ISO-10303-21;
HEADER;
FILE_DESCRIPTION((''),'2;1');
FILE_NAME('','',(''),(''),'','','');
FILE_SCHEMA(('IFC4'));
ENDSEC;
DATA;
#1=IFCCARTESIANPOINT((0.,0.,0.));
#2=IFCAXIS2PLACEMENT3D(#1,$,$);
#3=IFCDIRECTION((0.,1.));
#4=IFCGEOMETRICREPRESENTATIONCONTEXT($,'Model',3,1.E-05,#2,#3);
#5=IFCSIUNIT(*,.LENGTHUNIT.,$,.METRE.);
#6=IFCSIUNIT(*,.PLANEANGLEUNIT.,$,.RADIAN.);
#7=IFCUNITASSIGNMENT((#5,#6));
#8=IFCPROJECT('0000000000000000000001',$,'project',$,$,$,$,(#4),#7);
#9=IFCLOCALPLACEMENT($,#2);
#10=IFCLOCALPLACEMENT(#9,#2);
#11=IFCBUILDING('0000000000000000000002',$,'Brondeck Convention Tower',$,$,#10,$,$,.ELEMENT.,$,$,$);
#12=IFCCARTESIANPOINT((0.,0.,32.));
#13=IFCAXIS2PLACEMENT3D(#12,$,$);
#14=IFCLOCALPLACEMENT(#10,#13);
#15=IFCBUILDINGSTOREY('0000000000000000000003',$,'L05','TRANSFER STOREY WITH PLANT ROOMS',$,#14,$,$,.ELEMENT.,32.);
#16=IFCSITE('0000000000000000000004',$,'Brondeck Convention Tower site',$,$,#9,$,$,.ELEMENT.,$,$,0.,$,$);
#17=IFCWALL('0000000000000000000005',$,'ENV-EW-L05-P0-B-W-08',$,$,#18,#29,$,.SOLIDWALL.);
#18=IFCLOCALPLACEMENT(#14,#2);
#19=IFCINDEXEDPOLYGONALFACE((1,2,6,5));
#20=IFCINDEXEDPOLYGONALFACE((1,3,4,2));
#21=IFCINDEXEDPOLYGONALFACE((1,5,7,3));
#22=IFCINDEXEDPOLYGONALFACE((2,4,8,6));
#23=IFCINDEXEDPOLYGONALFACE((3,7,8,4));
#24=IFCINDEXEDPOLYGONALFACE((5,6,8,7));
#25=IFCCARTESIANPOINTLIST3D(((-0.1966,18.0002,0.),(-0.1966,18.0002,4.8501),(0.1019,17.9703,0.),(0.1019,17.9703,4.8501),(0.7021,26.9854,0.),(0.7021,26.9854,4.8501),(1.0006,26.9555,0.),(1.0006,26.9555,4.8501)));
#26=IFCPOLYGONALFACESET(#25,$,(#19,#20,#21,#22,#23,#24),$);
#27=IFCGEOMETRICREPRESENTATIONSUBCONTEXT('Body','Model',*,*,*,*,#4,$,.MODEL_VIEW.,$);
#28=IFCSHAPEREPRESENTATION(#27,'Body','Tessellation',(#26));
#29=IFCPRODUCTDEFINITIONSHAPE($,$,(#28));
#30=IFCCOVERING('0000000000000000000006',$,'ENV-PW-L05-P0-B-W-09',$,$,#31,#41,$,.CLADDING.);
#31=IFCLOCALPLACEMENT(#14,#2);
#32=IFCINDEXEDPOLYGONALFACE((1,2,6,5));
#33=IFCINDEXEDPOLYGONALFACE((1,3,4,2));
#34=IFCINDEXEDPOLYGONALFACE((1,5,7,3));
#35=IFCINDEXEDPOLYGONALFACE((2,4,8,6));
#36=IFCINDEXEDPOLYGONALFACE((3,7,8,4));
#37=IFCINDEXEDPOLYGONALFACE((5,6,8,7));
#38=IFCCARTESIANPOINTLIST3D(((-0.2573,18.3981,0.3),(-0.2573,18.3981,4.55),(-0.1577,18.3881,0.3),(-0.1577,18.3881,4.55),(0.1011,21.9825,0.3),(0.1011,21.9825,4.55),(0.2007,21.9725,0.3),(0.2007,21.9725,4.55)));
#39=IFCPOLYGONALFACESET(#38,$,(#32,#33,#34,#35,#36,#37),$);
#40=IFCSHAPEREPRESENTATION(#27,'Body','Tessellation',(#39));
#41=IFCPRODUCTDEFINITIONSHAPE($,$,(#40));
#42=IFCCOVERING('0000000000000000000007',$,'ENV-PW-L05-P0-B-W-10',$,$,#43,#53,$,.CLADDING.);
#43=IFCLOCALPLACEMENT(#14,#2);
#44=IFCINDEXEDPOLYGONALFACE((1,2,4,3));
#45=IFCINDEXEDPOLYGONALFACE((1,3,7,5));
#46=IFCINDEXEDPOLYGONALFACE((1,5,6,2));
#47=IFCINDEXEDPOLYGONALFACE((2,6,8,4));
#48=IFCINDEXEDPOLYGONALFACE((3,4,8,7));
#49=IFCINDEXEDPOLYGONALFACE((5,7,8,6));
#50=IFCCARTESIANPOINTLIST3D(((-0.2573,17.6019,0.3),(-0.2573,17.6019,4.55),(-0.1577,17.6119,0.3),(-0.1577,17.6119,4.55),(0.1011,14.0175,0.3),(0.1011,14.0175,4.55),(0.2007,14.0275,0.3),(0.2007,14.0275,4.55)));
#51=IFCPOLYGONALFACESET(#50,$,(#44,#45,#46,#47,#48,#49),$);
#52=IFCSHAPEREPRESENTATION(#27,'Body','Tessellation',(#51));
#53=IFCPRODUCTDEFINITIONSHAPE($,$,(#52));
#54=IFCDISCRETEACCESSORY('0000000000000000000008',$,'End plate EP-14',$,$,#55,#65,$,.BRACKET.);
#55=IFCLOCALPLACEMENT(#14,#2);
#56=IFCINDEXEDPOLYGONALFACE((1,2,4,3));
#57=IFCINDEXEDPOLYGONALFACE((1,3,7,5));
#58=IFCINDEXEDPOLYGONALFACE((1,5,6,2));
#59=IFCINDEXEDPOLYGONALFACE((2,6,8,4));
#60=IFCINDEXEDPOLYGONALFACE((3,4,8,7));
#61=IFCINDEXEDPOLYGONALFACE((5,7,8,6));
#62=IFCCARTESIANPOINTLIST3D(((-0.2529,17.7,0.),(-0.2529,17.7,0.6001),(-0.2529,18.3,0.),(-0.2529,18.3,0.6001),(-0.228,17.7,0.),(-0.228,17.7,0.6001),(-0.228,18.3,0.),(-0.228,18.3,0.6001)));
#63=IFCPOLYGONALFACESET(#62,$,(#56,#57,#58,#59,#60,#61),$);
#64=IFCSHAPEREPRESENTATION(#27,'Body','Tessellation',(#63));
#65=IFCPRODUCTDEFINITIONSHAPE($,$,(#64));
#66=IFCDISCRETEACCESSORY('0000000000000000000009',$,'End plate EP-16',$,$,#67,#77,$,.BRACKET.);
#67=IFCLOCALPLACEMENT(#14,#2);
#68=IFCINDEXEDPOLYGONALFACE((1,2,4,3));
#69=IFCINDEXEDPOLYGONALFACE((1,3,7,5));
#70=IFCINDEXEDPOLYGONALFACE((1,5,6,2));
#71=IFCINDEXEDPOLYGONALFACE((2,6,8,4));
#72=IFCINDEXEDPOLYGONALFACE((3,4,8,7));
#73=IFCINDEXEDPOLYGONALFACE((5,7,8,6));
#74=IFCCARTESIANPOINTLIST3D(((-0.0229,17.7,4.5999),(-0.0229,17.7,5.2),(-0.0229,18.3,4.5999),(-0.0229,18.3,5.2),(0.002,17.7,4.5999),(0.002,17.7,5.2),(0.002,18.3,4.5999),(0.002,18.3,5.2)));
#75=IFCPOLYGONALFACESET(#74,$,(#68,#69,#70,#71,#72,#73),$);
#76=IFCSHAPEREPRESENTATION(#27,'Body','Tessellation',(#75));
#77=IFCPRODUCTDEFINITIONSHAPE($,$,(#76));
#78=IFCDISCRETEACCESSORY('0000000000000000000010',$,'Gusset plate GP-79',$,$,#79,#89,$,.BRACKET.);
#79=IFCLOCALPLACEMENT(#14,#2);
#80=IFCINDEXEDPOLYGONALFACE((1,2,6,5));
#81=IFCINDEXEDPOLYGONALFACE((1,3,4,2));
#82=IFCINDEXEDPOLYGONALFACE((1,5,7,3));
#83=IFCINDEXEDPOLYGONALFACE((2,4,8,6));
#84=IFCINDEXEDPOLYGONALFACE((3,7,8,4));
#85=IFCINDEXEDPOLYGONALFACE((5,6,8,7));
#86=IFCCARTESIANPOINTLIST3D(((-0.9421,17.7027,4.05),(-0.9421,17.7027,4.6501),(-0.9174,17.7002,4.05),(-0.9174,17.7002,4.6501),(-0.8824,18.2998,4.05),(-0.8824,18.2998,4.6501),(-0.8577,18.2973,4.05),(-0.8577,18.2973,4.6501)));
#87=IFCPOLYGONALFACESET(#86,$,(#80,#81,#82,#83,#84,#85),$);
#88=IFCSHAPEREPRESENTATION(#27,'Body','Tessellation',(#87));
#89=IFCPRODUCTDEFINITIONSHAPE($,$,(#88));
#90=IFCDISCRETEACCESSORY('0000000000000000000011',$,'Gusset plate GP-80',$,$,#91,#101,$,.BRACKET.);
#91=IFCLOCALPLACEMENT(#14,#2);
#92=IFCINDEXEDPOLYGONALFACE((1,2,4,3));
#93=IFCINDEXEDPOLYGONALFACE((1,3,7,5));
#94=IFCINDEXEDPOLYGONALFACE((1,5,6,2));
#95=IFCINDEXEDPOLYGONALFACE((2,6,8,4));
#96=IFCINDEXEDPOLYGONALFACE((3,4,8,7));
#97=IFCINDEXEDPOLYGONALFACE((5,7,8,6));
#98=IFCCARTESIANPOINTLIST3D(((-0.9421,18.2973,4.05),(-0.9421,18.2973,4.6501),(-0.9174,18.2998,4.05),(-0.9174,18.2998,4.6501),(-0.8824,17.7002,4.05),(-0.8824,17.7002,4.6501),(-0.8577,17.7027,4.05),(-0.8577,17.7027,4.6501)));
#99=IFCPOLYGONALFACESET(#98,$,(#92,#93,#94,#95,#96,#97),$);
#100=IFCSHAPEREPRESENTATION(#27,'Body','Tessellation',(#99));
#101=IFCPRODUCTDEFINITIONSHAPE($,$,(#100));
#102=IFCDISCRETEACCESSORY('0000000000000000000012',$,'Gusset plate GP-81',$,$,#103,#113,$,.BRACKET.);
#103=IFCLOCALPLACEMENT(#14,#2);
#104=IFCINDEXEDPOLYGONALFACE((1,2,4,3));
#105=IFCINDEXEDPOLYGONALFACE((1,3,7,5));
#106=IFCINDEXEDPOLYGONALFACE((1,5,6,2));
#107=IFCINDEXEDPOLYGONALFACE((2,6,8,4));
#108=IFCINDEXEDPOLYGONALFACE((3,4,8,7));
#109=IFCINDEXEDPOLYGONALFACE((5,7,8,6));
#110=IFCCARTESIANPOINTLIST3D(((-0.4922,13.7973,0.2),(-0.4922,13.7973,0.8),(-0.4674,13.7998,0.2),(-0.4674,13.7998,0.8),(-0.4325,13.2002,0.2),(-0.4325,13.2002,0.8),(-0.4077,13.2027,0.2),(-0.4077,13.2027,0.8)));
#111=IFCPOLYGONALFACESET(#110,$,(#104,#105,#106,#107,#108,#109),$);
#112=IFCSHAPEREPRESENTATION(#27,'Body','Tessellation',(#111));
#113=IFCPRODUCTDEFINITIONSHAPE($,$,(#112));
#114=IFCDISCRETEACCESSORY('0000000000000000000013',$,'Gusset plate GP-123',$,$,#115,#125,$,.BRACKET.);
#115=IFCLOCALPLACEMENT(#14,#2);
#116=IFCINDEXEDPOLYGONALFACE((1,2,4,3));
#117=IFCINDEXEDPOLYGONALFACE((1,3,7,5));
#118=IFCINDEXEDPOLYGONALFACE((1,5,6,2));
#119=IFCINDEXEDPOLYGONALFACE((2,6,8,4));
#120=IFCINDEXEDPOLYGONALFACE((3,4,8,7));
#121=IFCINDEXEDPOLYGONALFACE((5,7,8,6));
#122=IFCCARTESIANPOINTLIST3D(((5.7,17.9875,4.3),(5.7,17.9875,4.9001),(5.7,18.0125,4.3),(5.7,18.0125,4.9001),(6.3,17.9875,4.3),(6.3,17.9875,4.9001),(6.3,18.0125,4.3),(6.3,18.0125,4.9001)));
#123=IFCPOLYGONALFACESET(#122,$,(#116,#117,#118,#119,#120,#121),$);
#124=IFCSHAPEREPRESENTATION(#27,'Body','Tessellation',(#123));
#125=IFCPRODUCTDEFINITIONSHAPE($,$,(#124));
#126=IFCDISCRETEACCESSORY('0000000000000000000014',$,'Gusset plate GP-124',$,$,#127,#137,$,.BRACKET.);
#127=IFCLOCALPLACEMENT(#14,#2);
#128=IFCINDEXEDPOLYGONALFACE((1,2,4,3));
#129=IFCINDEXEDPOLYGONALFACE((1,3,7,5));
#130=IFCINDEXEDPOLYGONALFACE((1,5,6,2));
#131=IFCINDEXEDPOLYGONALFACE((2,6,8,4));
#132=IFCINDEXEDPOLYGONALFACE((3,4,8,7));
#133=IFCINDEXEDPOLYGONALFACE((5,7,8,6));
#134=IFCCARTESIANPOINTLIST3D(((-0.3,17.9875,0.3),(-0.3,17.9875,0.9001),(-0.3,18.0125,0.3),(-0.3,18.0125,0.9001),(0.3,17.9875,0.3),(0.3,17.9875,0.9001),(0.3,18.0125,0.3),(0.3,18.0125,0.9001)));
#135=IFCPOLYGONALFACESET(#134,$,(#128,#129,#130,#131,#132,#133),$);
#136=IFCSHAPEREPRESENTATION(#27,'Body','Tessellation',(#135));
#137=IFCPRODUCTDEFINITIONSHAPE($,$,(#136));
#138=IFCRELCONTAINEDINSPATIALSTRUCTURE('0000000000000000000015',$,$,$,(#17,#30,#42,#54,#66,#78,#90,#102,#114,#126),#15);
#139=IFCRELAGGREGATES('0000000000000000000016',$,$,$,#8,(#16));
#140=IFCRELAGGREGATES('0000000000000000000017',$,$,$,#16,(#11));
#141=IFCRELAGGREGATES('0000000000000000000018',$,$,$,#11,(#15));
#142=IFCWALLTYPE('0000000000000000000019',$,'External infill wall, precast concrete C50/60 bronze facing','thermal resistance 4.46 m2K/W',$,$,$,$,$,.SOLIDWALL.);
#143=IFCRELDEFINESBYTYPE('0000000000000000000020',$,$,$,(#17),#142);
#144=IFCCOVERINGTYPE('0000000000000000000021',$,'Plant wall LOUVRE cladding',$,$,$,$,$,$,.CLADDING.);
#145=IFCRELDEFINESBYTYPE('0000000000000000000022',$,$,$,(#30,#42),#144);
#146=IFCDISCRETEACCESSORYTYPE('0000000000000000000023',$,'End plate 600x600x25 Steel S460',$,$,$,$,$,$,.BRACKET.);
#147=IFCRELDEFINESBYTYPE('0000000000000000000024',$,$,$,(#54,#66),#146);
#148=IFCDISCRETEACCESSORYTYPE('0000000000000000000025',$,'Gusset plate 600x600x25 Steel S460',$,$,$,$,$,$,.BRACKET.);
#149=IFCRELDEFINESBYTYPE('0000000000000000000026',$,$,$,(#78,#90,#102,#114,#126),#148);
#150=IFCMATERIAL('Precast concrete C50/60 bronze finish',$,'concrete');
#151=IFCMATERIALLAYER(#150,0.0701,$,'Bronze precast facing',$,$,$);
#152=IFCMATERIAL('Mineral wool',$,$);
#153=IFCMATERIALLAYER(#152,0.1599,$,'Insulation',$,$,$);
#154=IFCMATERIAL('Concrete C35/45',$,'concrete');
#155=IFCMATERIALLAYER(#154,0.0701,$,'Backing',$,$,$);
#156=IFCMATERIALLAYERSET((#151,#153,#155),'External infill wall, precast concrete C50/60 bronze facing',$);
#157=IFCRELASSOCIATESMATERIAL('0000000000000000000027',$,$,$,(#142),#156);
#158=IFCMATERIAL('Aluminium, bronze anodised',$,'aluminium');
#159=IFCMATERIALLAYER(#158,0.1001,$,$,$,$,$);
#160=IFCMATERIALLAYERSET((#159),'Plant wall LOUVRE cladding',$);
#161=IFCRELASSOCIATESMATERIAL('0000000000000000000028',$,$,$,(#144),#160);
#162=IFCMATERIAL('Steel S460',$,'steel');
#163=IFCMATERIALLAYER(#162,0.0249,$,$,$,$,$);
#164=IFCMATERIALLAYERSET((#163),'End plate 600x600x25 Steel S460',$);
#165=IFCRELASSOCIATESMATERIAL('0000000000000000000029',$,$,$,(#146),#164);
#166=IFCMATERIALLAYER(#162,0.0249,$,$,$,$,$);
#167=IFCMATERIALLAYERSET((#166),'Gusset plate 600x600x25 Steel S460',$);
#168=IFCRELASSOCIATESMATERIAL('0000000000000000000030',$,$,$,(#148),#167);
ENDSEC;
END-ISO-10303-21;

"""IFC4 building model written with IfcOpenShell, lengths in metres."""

from ifc_helpers import new_model, si_unit, direction, frame, frame_2d, origin, origin_2d, place, context, subcontext, project, spatial, rectangle, extrude, material, layer, layer_set, type_object, element, save


model = new_model("IFC4")

# Units and contexts
model_context = context("Model", 3, precision=1e-05, world=origin(), true_north=direction((0.0, 1.0)))
body_context = subcontext(model_context, "Body", "Model", "MODEL_VIEW")
ifc_project = project(units=[si_unit("LENGTHUNIT", "METRE"), si_unit("PLANEANGLEUNIT", "RADIAN")], contexts=[model_context])

# Site, building, storey
site_placement = place(None, origin())
site = spatial("IfcSite", under=ifc_project, at=site_placement, Name="Brondeck Convention Tower site", CompositionType="ELEMENT", RefElevation=0.0)
building_placement = place(site_placement, origin())
building = spatial("IfcBuilding", under=site, at=building_placement, Name="Brondeck Convention Tower", CompositionType="ELEMENT")
storey_placement = place(building_placement, frame((0.0, 0.0, 32.0)))
storey = spatial("IfcBuildingStorey", under=building, at=storey_placement, Name="L05", Description="TRANSFER STOREY WITH PLANT ROOMS", CompositionType="ELEMENT", Elevation=32.0)

# Shared definitions
ifc_material_1 = material(Name="Steel S460", Category="steel")

# Wall
ifc_material_2 = material(Name="Precast concrete C50/60 bronze finish", Category="concrete")
ifc_layer_1 = layer(ifc_material_2, 0.0701, Name="Bronze precast facing")
ifc_material_3 = material(Name="Mineral wool")
ifc_layer_2 = layer(ifc_material_3, 0.1599, Name="Insulation")
ifc_material_4 = material(Name="Concrete C35/45", Category="concrete")
ifc_layer_3 = layer(ifc_material_4, 0.0701, Name="Backing")
ifc_layer_set_1 = layer_set([ifc_layer_1, ifc_layer_2, ifc_layer_3], Name="External infill wall, precast concrete C50/60 bronze facing")
wall_type = type_object("IfcWallType", Name="External infill wall, precast concrete C50/60 bronze facing", Description="thermal resistance 4.46 m2K/W", PredefinedType="SOLIDWALL", material=ifc_layer_set_1)
wall_placement = place(storey_placement, frame((-0.0474, 17.9851, 0.0), z_axis=(0.0, 0.0, 1.0), x_axis=(0.099522, 0.995035, 0.0)))
element("IfcWall", 1, at=wall_placement, inside=storey, type_object=wall_type, Name="ENV-EW-L05-P0-B-W-08", PredefinedType="SOLIDWALL", context=body_context, shape_type="SweptSolid", body=[
    extrude(rectangle(XDim=9.03, YDim=0.3, at=frame_2d((4.5151, 0.0))), origin(), (0.0, 0.0, 1.0), 4.8501),
])

# Coverings
ifc_material_5 = material(Name="Aluminium, bronze anodised", Category="aluminium")
ifc_layer_4 = layer(ifc_material_5, 0.1001)
ifc_layer_set_2 = layer_set([ifc_layer_4], Name="Plant wall LOUVRE cladding")
covering_type = type_object("IfcCoveringType", Name="Plant wall LOUVRE cladding", PredefinedType="CLADDING", material=ifc_layer_set_2)
for number, where, z_axis, x_axis, name in (
    (2, (-0.0283, 20.1853, 0.3), (0.0, 0.0, 1.0), (-0.099504, -0.995037, 0.0), "ENV-PW-L05-P0-B-W-09"),
    (3, (-0.0283, 15.8147, 0.3), (0.0, 0.0, 1.0), (0.099504, -0.995037, 0.0), "ENV-PW-L05-P0-B-W-10"),
):
    element("IfcCovering", number, at=place(storey_placement, frame(where, z_axis=z_axis, x_axis=x_axis)), inside=storey, type_object=covering_type, Name=name, PredefinedType="CLADDING", context=body_context, shape_type="SweptSolid", body=[
        extrude(rectangle(XDim=3.6023, YDim=0.1001, at=origin_2d()), origin(), (0.0, 0.0, 1.0), 4.25),
    ])

# Discrete accessories
ifc_layer_5 = layer(ifc_material_1, 0.0249)
ifc_layer_set_3 = layer_set([ifc_layer_5], Name="End plate 600x600x25 Steel S460")
discrete_accessory_type_1 = type_object("IfcDiscreteAccessoryType", Name="End plate 600x600x25 Steel S460", PredefinedType="BRACKET", material=ifc_layer_set_3)
for number, where, z_axis, x_axis, name in (
    (4, (-0.2405, 18.0, 0.0), (0.0, 0.0, 1.0), (0.0, -1.0, 0.0), "End plate EP-14"),
    (5, (-0.0105, 18.0, 4.5999), (0.0, 0.0, 1.0), (0.0, -1.0, 0.0), "End plate EP-16"),
):
    element("IfcDiscreteAccessory", number, at=place(storey_placement, frame(where, z_axis=z_axis, x_axis=x_axis)), inside=storey, type_object=discrete_accessory_type_1, Name=name, PredefinedType="BRACKET", context=body_context, shape_type="SweptSolid", body=[
        extrude(rectangle(XDim=0.6001, YDim=0.0249, at=origin_2d()), origin(), (0.0, 0.0, 1.0), 0.6001),
    ])
ifc_layer_6 = layer(ifc_material_1, 0.0249)
ifc_layer_set_4 = layer_set([ifc_layer_6], Name="Gusset plate 600x600x25 Steel S460")
discrete_accessory_type_2 = type_object("IfcDiscreteAccessoryType", Name="Gusset plate 600x600x25 Steel S460", PredefinedType="BRACKET", material=ifc_layer_set_4)
for number, where, z_axis, x_axis, name in (
    (6, (-0.8999, 18.0, 4.05), (0.0, 0.0, 1.0), (0.099511, 0.995036, 0.0), "Gusset plate GP-79"),
    (7, (-0.8999, 18.0, 4.05), (0.0, 0.0, 1.0), (-0.099511, 0.995036, 0.0), "Gusset plate GP-80"),
    (8, (-0.45, 13.5, 0.2), (0.0, 0.0, 1.0), (-0.099511, 0.995036, 0.0), "Gusset plate GP-81"),
    (9, (6.0, 18.0, 4.3), (0.0, 0.0, 1.0), (1.0, 0.0, 0.0), "Gusset plate GP-123"),
    (10, (0.0, 18.0, 0.3), (0.0, 0.0, 1.0), (1.0, 0.0, 0.0), "Gusset plate GP-124"),
):
    element("IfcDiscreteAccessory", number, at=place(storey_placement, frame(where, z_axis=z_axis, x_axis=x_axis)), inside=storey, type_object=discrete_accessory_type_2, Name=name, PredefinedType="BRACKET", context=body_context, shape_type="SweptSolid", body=[
        extrude(rectangle(XDim=0.6001, YDim=0.0249, at=origin_2d()), origin(), (0.0, 0.0, 1.0), 0.6001),
    ])

save(model, "model.ifc")
